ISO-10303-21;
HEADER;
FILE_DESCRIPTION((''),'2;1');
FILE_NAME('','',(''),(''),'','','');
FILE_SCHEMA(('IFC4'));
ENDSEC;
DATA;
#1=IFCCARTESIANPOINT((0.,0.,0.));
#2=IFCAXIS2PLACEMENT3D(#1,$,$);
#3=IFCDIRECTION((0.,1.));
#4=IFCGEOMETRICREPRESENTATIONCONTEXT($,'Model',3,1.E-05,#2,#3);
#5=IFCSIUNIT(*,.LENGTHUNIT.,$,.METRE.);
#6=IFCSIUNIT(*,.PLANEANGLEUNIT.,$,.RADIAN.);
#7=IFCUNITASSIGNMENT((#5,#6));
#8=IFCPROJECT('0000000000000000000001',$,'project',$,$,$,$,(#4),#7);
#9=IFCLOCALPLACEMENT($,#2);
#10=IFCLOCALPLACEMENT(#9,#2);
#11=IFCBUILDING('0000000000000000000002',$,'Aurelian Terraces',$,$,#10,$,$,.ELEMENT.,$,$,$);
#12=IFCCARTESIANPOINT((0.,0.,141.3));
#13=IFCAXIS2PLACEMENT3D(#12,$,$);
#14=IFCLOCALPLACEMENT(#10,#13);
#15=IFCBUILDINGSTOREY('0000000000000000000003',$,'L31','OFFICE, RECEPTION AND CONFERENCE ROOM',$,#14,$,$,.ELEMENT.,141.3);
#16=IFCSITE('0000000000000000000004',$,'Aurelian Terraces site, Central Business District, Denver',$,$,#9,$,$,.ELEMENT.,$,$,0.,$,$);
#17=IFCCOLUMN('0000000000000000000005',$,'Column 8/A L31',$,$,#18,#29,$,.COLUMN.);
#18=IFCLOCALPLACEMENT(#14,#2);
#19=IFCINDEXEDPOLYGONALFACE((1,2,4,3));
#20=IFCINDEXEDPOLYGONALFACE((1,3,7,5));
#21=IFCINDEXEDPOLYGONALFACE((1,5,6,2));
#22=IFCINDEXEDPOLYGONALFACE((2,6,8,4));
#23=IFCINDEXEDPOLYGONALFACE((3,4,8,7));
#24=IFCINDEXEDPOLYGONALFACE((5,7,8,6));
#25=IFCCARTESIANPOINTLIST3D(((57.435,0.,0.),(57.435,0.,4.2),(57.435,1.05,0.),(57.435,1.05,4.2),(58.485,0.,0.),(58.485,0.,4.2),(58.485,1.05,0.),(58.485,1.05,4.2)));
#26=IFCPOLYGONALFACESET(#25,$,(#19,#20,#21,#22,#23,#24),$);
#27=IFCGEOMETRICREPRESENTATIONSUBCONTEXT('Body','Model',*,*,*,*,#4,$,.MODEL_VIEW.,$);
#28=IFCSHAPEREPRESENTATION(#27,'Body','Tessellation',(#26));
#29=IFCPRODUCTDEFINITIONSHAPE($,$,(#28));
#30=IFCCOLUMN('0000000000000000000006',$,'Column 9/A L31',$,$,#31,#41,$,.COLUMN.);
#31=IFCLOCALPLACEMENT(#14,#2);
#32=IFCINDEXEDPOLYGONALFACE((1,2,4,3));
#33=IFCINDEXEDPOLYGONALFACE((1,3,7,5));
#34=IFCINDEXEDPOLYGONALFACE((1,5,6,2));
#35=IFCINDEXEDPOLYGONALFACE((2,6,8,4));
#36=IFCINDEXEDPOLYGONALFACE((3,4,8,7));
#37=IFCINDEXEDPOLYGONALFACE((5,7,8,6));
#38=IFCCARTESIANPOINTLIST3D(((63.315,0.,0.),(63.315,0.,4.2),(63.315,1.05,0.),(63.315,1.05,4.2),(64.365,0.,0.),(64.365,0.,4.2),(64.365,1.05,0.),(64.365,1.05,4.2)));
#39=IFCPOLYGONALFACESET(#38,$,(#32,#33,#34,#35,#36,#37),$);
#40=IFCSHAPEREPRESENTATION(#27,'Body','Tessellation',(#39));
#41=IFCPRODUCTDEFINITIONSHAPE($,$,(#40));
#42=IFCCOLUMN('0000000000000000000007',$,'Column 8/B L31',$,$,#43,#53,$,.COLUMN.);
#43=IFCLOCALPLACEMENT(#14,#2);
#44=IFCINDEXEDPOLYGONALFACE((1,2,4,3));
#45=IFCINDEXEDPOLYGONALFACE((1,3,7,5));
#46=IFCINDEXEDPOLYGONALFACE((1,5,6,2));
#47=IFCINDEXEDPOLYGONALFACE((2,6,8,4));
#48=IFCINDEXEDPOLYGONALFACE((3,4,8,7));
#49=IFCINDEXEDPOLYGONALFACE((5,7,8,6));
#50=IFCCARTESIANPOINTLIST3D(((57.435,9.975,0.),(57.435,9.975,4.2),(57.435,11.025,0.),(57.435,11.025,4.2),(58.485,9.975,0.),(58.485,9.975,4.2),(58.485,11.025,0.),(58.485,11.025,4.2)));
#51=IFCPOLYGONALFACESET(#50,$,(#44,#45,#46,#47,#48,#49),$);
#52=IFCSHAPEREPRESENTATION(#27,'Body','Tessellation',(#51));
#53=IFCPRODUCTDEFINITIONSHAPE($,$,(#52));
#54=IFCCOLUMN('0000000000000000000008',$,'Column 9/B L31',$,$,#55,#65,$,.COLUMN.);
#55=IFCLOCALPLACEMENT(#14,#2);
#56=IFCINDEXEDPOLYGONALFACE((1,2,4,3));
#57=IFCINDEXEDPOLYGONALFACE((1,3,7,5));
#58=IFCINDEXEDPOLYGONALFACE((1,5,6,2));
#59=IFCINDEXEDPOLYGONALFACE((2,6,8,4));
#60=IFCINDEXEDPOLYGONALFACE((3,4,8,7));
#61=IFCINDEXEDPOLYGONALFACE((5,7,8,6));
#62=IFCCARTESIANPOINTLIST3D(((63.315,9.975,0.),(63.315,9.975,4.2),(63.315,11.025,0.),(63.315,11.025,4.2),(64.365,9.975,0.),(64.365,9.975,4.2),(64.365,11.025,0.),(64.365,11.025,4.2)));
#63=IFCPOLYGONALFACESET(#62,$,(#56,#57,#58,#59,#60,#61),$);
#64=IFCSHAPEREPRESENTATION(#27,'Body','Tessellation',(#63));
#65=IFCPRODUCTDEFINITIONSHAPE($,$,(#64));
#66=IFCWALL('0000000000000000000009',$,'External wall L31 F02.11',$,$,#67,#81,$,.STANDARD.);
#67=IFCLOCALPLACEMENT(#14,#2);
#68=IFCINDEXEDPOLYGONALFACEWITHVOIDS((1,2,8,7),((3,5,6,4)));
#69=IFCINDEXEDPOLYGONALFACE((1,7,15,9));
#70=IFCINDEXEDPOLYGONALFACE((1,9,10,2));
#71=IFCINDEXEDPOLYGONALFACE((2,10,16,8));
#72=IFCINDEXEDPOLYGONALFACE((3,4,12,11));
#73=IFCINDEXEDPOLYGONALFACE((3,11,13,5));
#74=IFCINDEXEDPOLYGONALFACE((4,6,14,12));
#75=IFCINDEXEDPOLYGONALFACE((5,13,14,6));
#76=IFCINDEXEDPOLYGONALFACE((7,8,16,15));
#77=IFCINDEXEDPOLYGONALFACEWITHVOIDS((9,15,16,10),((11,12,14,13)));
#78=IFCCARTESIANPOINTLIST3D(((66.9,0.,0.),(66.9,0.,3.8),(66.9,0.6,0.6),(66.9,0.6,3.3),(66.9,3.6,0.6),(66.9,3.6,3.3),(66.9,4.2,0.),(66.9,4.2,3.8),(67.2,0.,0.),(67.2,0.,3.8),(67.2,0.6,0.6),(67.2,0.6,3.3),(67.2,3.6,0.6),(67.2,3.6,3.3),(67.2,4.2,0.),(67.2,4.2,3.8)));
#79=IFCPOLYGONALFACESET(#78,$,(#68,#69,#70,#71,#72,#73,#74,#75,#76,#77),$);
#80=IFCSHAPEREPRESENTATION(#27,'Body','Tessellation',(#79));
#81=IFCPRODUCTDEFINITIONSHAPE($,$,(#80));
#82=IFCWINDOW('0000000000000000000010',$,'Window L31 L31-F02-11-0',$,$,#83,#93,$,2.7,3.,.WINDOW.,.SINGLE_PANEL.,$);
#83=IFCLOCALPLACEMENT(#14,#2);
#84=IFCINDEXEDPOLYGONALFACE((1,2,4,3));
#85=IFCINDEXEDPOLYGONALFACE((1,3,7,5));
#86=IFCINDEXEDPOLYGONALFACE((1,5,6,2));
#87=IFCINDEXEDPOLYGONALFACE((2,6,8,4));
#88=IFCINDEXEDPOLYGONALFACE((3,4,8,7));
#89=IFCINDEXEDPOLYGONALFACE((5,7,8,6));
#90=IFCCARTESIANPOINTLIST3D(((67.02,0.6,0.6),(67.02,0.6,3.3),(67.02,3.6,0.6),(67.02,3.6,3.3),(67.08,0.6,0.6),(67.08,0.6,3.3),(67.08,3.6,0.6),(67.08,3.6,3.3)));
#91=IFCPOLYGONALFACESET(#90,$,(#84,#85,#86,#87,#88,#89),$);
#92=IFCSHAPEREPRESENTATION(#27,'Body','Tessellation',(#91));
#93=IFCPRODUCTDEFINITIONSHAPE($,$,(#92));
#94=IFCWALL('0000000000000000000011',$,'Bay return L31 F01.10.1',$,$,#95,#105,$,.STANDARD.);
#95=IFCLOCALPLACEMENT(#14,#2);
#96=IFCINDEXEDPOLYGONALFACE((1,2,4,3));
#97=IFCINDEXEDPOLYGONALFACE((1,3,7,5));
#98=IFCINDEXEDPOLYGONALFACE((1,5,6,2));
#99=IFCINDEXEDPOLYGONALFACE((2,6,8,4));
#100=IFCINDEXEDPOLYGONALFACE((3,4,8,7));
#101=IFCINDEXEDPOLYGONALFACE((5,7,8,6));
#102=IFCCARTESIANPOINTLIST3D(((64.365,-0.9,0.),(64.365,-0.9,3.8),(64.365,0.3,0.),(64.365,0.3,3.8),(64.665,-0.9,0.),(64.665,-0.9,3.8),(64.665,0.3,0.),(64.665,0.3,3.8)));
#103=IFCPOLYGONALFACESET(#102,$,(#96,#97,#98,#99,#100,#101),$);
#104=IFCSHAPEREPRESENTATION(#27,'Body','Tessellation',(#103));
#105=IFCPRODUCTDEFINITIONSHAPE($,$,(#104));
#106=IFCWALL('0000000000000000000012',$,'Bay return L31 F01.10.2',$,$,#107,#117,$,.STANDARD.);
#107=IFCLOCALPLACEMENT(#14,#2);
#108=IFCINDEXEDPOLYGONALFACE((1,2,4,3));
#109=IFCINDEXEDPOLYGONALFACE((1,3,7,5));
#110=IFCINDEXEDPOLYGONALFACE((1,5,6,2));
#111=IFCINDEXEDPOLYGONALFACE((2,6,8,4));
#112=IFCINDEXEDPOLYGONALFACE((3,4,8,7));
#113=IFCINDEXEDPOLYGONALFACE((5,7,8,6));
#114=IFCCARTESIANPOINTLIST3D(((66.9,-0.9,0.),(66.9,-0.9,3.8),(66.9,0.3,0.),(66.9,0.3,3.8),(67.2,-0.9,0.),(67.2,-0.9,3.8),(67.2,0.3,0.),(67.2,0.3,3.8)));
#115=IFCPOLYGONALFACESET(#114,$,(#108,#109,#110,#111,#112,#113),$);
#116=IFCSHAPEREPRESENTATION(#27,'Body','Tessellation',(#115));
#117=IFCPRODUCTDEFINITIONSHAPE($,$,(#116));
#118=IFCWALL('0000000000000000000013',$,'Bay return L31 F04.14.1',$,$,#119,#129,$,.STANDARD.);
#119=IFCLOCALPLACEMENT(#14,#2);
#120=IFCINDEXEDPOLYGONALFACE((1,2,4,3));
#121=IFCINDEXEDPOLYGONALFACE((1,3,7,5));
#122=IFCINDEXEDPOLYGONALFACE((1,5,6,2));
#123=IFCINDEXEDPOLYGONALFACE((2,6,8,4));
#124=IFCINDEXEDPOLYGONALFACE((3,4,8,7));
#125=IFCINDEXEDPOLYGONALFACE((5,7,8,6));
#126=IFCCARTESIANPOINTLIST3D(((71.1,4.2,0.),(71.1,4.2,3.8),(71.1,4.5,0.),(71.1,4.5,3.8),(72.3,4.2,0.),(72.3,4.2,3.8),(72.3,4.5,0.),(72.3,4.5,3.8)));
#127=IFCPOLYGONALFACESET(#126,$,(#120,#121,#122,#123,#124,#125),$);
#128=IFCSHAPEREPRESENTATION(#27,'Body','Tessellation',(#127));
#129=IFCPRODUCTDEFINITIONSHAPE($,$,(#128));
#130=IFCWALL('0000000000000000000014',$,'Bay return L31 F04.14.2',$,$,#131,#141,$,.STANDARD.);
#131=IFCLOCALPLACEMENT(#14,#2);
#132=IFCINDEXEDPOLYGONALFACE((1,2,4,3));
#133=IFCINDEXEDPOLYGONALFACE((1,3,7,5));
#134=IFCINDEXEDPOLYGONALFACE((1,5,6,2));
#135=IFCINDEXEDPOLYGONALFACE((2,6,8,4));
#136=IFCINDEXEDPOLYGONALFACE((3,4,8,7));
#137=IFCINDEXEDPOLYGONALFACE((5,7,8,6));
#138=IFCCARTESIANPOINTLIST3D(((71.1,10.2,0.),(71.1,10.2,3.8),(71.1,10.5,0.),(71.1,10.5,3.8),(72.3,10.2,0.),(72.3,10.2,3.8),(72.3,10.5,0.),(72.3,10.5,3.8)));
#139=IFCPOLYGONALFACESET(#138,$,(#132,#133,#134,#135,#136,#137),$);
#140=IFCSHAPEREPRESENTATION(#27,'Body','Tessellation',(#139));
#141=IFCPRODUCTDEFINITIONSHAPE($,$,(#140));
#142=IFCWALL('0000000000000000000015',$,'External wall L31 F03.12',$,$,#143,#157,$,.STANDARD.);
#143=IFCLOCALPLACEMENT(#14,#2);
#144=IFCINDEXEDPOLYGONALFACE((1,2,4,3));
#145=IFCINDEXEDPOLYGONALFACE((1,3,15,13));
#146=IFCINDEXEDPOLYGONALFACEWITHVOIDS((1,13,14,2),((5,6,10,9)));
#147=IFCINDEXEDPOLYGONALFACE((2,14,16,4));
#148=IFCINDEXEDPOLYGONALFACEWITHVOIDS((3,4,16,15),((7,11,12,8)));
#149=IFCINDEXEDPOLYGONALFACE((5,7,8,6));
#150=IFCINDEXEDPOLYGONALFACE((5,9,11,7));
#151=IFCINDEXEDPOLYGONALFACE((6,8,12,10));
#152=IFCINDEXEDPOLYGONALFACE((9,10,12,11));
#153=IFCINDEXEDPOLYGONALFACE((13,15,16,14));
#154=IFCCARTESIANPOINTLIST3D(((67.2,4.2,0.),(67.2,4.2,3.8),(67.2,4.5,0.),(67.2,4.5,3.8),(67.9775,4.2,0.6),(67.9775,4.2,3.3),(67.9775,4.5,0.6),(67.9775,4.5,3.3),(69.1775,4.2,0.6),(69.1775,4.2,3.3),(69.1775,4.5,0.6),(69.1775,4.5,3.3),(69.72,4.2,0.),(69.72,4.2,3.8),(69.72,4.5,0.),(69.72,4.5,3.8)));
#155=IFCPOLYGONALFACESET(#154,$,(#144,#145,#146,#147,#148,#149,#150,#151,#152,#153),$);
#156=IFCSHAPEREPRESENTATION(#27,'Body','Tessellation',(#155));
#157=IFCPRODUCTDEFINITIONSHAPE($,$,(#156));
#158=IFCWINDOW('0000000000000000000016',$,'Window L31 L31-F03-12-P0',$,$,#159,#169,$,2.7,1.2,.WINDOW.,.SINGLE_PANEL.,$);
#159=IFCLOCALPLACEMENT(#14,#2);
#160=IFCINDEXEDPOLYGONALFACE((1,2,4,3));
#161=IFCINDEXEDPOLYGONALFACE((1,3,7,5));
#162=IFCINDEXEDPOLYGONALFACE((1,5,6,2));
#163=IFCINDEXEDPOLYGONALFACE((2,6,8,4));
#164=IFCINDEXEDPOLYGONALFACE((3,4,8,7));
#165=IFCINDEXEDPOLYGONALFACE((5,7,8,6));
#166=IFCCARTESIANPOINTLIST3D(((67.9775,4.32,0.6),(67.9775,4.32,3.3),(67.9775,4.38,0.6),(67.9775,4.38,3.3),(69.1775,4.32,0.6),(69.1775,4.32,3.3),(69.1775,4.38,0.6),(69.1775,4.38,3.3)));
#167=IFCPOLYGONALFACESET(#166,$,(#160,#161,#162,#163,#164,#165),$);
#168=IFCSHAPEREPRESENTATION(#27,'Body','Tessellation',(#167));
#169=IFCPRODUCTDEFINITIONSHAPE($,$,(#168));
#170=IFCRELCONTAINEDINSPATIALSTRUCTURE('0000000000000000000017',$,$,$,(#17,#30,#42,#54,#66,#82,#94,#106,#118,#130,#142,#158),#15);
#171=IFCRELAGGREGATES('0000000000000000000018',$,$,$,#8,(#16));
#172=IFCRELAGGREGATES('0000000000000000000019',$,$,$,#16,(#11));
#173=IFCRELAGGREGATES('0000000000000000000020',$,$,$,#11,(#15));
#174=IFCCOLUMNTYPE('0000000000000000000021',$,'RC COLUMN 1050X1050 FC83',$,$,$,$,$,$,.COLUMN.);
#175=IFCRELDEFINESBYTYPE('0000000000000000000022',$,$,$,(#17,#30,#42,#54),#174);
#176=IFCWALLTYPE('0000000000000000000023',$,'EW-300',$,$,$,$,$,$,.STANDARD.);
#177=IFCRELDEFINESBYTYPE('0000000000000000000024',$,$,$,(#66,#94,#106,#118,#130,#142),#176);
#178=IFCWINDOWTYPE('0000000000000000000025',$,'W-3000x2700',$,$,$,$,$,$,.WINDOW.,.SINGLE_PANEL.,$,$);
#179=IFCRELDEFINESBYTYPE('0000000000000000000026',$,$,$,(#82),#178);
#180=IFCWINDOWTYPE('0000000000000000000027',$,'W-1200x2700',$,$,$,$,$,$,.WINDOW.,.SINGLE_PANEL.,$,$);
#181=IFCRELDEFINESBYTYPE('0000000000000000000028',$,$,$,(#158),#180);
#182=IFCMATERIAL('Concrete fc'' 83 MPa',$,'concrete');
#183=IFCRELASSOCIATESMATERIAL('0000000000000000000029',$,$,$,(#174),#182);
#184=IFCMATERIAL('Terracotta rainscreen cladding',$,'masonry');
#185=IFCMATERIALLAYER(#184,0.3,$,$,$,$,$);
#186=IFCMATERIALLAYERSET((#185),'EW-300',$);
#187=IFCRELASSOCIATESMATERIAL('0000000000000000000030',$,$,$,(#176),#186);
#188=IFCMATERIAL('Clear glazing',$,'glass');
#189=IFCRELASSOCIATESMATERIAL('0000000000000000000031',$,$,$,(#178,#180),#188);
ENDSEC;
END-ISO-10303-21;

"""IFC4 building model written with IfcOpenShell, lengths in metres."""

from ifc_helpers import new_model, si_unit, direction, frame, frame_2d, origin, origin_2d, place, context, subcontext, project, spatial, rectangle, extrude, source, transform, mapped, material, layer, layer_set, material_profile, profile_set, type_object, element, fill, save


model = new_model("IFC4")

# Units and contexts
model_context = context("Model", 3, precision=1e-05, world=origin(), true_north=direction((0.0, 1.0)))
body_context = subcontext(model_context, "Body", "Model", "MODEL_VIEW")
ifc_project = project(units=[si_unit("LENGTHUNIT", "METRE"), si_unit("PLANEANGLEUNIT", "RADIAN")], contexts=[model_context])

# Site, building, storey
site_placement = place(None, origin())
site = spatial("IfcSite", under=ifc_project, at=site_placement, Name="Aurelian Terraces site, Central Business District, Denver", CompositionType="ELEMENT", RefElevation=0.0)
building_placement = place(site_placement, origin())
building = spatial("IfcBuilding", under=site, at=building_placement, Name="Aurelian Terraces", CompositionType="ELEMENT")
storey_placement = place(building_placement, frame((0.0, 0.0, 141.3)))
storey = spatial("IfcBuildingStorey", under=building, at=storey_placement, Name="L31", Description="OFFICE, RECEPTION AND CONFERENCE ROOM", CompositionType="ELEMENT", Elevation=141.3)

# Columns
ifc_material_1 = material(Name="Concrete fc' 83 MPa", Category="concrete")
ifc_material_profile = material_profile(ifc_material_1, rectangle(XDim=1.05, YDim=1.05, at=origin_2d()))
ifc_profile_set = profile_set([ifc_material_profile], Name="Concrete fc' 83 MPa")
column_type = type_object("IfcColumnType", Name="RC COLUMN 1050X1050 FC83", PredefinedType="COLUMN", material=ifc_profile_set)
shared_shape_1 = source(origin(), body_context, "Body", "SweptSolid", [
    extrude(rectangle(XDim=1.05, YDim=1.05, at=origin_2d()), origin(), (0.0, 0.0, 1.0), 4.2),
])
for number, where, z_axis, x_axis, name in (
    (1, (57.96, 0.525, 0.0), (0.0, 0.0, 1.0), (1.0, 0.0, 0.0), "Column 8/A L31"),
    (2, (63.84, 0.525, 0.0), (0.0, 0.0, 1.0), (1.0, 0.0, 0.0), "Column 9/A L31"),
    (3, (57.96, 10.5, 0.0), (0.0, 0.0, 1.0), (1.0, 0.0, 0.0), "Column 8/B L31"),
    (4, (63.84, 10.5, 0.0), (0.0, 0.0, 1.0), (1.0, 0.0, 0.0), "Column 9/B L31"),
):
    element("IfcColumn", number, at=place(storey_placement, frame(where, z_axis=z_axis, x_axis=x_axis)), inside=storey, type_object=column_type, Name=name, PredefinedType="COLUMN", context=body_context, shape_type="MappedRepresentation", body=[
        mapped(shared_shape_1, transform((0.0, 0.0, 0.0), scale=1.0)),
    ])

# Wall, opening, window
ifc_material_2 = material(Name="Terracotta rainscreen cladding", Category="masonry")
ifc_layer_1 = layer(ifc_material_2, 0.3)
ifc_layer_set_1 = layer_set([ifc_layer_1], Name="EW-300")
wall_type_1 = type_object("IfcWallType", Name="EW-300", PredefinedType="STANDARD", material=ifc_layer_set_1)
shared_shape_2 = source(origin(), body_context, "Body", "SweptSolid", [
    extrude(rectangle(XDim=4.2, YDim=0.3, at=frame_2d((2.1, 0.0))), origin(), (0.0, 0.0, 1.0), 3.8),
])
wall_1_placement = place(storey_placement, frame((67.05, 0.0, 0.0), z_axis=(0.0, 0.0, 1.0), x_axis=(0.0, 1.0, 0.0)))
wall_1 = element("IfcWall", 5, at=wall_1_placement, inside=storey, type_object=wall_type_1, Name="External wall L31 F02.11", PredefinedType="STANDARD", context=body_context, shape_type="MappedRepresentation", body=[
    mapped(shared_shape_2, transform((0.0, 0.0, 0.0), scale=1.0)),
])
shared_shape_3 = source(origin(), body_context, "Body", "SweptSolid", [
    extrude(rectangle(XDim=3.0, YDim=2.7, at=frame_2d((1.5, 1.35))), frame((0.0, 0.16, 0.0), z_axis=(0.0, -1.0, 0.0), x_axis=(1.0, 0.0, 0.0)), (0.0, 0.0, 1.0), 0.32),
])
opening_1_placement = place(wall_1_placement, frame((0.6, 0.0, 0.6)))
opening_1 = element("IfcOpeningElement", 6, at=opening_1_placement, cuts=wall_1, PredefinedType="OPENING", context=body_context, shape_type="MappedRepresentation", body=[
    mapped(shared_shape_3, transform((0.0, 0.0, 0.0), scale=1.0)),
])
ifc_material_3 = material(Name="Clear glazing", Category="glass")
window_type_1 = type_object("IfcWindowType", Name="W-3000x2700", PartitioningType="SINGLE_PANEL", PredefinedType="WINDOW", material=ifc_material_3)
shared_shape_4 = source(origin(), body_context, "Body", "SweptSolid", [
    extrude(rectangle(XDim=3.0, YDim=2.7, at=frame_2d((1.5, 1.35))), frame((0.0, 0.03, 0.0), z_axis=(0.0, -1.0, 0.0), x_axis=(1.0, 0.0, 0.0)), (0.0, 0.0, 1.0), 0.06),
])
window_1_placement = place(opening_1_placement, origin())
window_1 = element("IfcWindow", 7, at=window_1_placement, inside=storey, type_object=window_type_1, Name="Window L31 L31-F02-11-0", OverallHeight=2.7, OverallWidth=3.0, PartitioningType="SINGLE_PANEL", PredefinedType="WINDOW", context=body_context, shape_type="MappedRepresentation", body=[
    mapped(shared_shape_4, transform((0.0, 0.0, 0.0), scale=1.0)),
])
fill(opening_1, window_1)

# Walls
shared_shape_5 = source(origin(), body_context, "Body", "SweptSolid", [
    extrude(rectangle(XDim=1.2, YDim=0.3, at=frame_2d((0.6, 0.0))), origin(), (0.0, 0.0, 1.0), 3.8),
])
for number, where, z_axis, x_axis, name in (
    (8, (64.515, 0.3, 0.0), (0.0, 0.0, 1.0), (0.0, -1.0, 0.0), "Bay return L31 F01.10.1"),
    (9, (67.05, 0.3, 0.0), (0.0, 0.0, 1.0), (0.0, -1.0, 0.0), "Bay return L31 F01.10.2"),
    (10, (71.1, 4.35, 0.0), (0.0, 0.0, 1.0), (1.0, 0.0, 0.0), "Bay return L31 F04.14.1"),
    (11, (71.1, 10.35, 0.0), (0.0, 0.0, 1.0), (1.0, 0.0, 0.0), "Bay return L31 F04.14.2"),
):
    element("IfcWall", number, at=place(storey_placement, frame(where, z_axis=z_axis, x_axis=x_axis)), inside=storey, type_object=wall_type_1, Name=name, PredefinedType="STANDARD", context=body_context, shape_type="MappedRepresentation", body=[
        mapped(shared_shape_5, transform((0.0, 0.0, 0.0), scale=1.0)),
    ])

# Wall, opening, window
shared_shape_6 = source(origin(), body_context, "Body", "SweptSolid", [
    extrude(rectangle(XDim=2.52, YDim=0.3, at=frame_2d((1.26, 0.0))), origin(), (0.0, 0.0, 1.0), 3.8),
])
wall_2_placement = place(storey_placement, frame((67.2, 4.35, 0.0), z_axis=(0.0, 0.0, 1.0), x_axis=(1.0, 0.0, 0.0)))
wall_2 = element("IfcWall", 12, at=wall_2_placement, inside=storey, type_object=wall_type_1, Name="External wall L31 F03.12", PredefinedType="STANDARD", context=body_context, shape_type="MappedRepresentation", body=[
    mapped(shared_shape_6, transform((0.0, 0.0, 0.0), scale=1.0)),
])
shared_shape_7 = source(origin(), body_context, "Body", "SweptSolid", [
    extrude(rectangle(XDim=1.2, YDim=2.7, at=frame_2d((0.6, 1.35))), frame((0.0, 0.16, 0.0), z_axis=(0.0, -1.0, 0.0), x_axis=(1.0, 0.0, 0.0)), (0.0, 0.0, 1.0), 0.32),
])
opening_2_placement = place(wall_2_placement, frame((0.7775, 0.0, 0.6)))
opening_2 = element("IfcOpeningElement", 13, at=opening_2_placement, cuts=wall_2, PredefinedType="OPENING", context=body_context, shape_type="MappedRepresentation", body=[
    mapped(shared_shape_7, transform((0.0, 0.0, 0.0), scale=1.0)),
])
window_type_2 = type_object("IfcWindowType", Name="W-1200x2700", PartitioningType="SINGLE_PANEL", PredefinedType="WINDOW", material=ifc_material_3)
shared_shape_8 = source(origin(), body_context, "Body", "SweptSolid", [
    extrude(rectangle(XDim=1.2, YDim=2.7, at=frame_2d((0.6, 1.35))), frame((0.0, 0.03, 0.0), z_axis=(0.0, -1.0, 0.0), x_axis=(1.0, 0.0, 0.0)), (0.0, 0.0, 1.0), 0.06),
])
window_2_placement = place(opening_2_placement, origin())
window_2 = element("IfcWindow", 14, at=window_2_placement, inside=storey, type_object=window_type_2, Name="Window L31 L31-F03-12-P0", OverallHeight=2.7, OverallWidth=1.2, PartitioningType="SINGLE_PANEL", PredefinedType="WINDOW", context=body_context, shape_type="MappedRepresentation", body=[
    mapped(shared_shape_8, transform((0.0, 0.0, 0.0), scale=1.0)),
])
fill(opening_2, window_2)

save(model, "model.ifc")
